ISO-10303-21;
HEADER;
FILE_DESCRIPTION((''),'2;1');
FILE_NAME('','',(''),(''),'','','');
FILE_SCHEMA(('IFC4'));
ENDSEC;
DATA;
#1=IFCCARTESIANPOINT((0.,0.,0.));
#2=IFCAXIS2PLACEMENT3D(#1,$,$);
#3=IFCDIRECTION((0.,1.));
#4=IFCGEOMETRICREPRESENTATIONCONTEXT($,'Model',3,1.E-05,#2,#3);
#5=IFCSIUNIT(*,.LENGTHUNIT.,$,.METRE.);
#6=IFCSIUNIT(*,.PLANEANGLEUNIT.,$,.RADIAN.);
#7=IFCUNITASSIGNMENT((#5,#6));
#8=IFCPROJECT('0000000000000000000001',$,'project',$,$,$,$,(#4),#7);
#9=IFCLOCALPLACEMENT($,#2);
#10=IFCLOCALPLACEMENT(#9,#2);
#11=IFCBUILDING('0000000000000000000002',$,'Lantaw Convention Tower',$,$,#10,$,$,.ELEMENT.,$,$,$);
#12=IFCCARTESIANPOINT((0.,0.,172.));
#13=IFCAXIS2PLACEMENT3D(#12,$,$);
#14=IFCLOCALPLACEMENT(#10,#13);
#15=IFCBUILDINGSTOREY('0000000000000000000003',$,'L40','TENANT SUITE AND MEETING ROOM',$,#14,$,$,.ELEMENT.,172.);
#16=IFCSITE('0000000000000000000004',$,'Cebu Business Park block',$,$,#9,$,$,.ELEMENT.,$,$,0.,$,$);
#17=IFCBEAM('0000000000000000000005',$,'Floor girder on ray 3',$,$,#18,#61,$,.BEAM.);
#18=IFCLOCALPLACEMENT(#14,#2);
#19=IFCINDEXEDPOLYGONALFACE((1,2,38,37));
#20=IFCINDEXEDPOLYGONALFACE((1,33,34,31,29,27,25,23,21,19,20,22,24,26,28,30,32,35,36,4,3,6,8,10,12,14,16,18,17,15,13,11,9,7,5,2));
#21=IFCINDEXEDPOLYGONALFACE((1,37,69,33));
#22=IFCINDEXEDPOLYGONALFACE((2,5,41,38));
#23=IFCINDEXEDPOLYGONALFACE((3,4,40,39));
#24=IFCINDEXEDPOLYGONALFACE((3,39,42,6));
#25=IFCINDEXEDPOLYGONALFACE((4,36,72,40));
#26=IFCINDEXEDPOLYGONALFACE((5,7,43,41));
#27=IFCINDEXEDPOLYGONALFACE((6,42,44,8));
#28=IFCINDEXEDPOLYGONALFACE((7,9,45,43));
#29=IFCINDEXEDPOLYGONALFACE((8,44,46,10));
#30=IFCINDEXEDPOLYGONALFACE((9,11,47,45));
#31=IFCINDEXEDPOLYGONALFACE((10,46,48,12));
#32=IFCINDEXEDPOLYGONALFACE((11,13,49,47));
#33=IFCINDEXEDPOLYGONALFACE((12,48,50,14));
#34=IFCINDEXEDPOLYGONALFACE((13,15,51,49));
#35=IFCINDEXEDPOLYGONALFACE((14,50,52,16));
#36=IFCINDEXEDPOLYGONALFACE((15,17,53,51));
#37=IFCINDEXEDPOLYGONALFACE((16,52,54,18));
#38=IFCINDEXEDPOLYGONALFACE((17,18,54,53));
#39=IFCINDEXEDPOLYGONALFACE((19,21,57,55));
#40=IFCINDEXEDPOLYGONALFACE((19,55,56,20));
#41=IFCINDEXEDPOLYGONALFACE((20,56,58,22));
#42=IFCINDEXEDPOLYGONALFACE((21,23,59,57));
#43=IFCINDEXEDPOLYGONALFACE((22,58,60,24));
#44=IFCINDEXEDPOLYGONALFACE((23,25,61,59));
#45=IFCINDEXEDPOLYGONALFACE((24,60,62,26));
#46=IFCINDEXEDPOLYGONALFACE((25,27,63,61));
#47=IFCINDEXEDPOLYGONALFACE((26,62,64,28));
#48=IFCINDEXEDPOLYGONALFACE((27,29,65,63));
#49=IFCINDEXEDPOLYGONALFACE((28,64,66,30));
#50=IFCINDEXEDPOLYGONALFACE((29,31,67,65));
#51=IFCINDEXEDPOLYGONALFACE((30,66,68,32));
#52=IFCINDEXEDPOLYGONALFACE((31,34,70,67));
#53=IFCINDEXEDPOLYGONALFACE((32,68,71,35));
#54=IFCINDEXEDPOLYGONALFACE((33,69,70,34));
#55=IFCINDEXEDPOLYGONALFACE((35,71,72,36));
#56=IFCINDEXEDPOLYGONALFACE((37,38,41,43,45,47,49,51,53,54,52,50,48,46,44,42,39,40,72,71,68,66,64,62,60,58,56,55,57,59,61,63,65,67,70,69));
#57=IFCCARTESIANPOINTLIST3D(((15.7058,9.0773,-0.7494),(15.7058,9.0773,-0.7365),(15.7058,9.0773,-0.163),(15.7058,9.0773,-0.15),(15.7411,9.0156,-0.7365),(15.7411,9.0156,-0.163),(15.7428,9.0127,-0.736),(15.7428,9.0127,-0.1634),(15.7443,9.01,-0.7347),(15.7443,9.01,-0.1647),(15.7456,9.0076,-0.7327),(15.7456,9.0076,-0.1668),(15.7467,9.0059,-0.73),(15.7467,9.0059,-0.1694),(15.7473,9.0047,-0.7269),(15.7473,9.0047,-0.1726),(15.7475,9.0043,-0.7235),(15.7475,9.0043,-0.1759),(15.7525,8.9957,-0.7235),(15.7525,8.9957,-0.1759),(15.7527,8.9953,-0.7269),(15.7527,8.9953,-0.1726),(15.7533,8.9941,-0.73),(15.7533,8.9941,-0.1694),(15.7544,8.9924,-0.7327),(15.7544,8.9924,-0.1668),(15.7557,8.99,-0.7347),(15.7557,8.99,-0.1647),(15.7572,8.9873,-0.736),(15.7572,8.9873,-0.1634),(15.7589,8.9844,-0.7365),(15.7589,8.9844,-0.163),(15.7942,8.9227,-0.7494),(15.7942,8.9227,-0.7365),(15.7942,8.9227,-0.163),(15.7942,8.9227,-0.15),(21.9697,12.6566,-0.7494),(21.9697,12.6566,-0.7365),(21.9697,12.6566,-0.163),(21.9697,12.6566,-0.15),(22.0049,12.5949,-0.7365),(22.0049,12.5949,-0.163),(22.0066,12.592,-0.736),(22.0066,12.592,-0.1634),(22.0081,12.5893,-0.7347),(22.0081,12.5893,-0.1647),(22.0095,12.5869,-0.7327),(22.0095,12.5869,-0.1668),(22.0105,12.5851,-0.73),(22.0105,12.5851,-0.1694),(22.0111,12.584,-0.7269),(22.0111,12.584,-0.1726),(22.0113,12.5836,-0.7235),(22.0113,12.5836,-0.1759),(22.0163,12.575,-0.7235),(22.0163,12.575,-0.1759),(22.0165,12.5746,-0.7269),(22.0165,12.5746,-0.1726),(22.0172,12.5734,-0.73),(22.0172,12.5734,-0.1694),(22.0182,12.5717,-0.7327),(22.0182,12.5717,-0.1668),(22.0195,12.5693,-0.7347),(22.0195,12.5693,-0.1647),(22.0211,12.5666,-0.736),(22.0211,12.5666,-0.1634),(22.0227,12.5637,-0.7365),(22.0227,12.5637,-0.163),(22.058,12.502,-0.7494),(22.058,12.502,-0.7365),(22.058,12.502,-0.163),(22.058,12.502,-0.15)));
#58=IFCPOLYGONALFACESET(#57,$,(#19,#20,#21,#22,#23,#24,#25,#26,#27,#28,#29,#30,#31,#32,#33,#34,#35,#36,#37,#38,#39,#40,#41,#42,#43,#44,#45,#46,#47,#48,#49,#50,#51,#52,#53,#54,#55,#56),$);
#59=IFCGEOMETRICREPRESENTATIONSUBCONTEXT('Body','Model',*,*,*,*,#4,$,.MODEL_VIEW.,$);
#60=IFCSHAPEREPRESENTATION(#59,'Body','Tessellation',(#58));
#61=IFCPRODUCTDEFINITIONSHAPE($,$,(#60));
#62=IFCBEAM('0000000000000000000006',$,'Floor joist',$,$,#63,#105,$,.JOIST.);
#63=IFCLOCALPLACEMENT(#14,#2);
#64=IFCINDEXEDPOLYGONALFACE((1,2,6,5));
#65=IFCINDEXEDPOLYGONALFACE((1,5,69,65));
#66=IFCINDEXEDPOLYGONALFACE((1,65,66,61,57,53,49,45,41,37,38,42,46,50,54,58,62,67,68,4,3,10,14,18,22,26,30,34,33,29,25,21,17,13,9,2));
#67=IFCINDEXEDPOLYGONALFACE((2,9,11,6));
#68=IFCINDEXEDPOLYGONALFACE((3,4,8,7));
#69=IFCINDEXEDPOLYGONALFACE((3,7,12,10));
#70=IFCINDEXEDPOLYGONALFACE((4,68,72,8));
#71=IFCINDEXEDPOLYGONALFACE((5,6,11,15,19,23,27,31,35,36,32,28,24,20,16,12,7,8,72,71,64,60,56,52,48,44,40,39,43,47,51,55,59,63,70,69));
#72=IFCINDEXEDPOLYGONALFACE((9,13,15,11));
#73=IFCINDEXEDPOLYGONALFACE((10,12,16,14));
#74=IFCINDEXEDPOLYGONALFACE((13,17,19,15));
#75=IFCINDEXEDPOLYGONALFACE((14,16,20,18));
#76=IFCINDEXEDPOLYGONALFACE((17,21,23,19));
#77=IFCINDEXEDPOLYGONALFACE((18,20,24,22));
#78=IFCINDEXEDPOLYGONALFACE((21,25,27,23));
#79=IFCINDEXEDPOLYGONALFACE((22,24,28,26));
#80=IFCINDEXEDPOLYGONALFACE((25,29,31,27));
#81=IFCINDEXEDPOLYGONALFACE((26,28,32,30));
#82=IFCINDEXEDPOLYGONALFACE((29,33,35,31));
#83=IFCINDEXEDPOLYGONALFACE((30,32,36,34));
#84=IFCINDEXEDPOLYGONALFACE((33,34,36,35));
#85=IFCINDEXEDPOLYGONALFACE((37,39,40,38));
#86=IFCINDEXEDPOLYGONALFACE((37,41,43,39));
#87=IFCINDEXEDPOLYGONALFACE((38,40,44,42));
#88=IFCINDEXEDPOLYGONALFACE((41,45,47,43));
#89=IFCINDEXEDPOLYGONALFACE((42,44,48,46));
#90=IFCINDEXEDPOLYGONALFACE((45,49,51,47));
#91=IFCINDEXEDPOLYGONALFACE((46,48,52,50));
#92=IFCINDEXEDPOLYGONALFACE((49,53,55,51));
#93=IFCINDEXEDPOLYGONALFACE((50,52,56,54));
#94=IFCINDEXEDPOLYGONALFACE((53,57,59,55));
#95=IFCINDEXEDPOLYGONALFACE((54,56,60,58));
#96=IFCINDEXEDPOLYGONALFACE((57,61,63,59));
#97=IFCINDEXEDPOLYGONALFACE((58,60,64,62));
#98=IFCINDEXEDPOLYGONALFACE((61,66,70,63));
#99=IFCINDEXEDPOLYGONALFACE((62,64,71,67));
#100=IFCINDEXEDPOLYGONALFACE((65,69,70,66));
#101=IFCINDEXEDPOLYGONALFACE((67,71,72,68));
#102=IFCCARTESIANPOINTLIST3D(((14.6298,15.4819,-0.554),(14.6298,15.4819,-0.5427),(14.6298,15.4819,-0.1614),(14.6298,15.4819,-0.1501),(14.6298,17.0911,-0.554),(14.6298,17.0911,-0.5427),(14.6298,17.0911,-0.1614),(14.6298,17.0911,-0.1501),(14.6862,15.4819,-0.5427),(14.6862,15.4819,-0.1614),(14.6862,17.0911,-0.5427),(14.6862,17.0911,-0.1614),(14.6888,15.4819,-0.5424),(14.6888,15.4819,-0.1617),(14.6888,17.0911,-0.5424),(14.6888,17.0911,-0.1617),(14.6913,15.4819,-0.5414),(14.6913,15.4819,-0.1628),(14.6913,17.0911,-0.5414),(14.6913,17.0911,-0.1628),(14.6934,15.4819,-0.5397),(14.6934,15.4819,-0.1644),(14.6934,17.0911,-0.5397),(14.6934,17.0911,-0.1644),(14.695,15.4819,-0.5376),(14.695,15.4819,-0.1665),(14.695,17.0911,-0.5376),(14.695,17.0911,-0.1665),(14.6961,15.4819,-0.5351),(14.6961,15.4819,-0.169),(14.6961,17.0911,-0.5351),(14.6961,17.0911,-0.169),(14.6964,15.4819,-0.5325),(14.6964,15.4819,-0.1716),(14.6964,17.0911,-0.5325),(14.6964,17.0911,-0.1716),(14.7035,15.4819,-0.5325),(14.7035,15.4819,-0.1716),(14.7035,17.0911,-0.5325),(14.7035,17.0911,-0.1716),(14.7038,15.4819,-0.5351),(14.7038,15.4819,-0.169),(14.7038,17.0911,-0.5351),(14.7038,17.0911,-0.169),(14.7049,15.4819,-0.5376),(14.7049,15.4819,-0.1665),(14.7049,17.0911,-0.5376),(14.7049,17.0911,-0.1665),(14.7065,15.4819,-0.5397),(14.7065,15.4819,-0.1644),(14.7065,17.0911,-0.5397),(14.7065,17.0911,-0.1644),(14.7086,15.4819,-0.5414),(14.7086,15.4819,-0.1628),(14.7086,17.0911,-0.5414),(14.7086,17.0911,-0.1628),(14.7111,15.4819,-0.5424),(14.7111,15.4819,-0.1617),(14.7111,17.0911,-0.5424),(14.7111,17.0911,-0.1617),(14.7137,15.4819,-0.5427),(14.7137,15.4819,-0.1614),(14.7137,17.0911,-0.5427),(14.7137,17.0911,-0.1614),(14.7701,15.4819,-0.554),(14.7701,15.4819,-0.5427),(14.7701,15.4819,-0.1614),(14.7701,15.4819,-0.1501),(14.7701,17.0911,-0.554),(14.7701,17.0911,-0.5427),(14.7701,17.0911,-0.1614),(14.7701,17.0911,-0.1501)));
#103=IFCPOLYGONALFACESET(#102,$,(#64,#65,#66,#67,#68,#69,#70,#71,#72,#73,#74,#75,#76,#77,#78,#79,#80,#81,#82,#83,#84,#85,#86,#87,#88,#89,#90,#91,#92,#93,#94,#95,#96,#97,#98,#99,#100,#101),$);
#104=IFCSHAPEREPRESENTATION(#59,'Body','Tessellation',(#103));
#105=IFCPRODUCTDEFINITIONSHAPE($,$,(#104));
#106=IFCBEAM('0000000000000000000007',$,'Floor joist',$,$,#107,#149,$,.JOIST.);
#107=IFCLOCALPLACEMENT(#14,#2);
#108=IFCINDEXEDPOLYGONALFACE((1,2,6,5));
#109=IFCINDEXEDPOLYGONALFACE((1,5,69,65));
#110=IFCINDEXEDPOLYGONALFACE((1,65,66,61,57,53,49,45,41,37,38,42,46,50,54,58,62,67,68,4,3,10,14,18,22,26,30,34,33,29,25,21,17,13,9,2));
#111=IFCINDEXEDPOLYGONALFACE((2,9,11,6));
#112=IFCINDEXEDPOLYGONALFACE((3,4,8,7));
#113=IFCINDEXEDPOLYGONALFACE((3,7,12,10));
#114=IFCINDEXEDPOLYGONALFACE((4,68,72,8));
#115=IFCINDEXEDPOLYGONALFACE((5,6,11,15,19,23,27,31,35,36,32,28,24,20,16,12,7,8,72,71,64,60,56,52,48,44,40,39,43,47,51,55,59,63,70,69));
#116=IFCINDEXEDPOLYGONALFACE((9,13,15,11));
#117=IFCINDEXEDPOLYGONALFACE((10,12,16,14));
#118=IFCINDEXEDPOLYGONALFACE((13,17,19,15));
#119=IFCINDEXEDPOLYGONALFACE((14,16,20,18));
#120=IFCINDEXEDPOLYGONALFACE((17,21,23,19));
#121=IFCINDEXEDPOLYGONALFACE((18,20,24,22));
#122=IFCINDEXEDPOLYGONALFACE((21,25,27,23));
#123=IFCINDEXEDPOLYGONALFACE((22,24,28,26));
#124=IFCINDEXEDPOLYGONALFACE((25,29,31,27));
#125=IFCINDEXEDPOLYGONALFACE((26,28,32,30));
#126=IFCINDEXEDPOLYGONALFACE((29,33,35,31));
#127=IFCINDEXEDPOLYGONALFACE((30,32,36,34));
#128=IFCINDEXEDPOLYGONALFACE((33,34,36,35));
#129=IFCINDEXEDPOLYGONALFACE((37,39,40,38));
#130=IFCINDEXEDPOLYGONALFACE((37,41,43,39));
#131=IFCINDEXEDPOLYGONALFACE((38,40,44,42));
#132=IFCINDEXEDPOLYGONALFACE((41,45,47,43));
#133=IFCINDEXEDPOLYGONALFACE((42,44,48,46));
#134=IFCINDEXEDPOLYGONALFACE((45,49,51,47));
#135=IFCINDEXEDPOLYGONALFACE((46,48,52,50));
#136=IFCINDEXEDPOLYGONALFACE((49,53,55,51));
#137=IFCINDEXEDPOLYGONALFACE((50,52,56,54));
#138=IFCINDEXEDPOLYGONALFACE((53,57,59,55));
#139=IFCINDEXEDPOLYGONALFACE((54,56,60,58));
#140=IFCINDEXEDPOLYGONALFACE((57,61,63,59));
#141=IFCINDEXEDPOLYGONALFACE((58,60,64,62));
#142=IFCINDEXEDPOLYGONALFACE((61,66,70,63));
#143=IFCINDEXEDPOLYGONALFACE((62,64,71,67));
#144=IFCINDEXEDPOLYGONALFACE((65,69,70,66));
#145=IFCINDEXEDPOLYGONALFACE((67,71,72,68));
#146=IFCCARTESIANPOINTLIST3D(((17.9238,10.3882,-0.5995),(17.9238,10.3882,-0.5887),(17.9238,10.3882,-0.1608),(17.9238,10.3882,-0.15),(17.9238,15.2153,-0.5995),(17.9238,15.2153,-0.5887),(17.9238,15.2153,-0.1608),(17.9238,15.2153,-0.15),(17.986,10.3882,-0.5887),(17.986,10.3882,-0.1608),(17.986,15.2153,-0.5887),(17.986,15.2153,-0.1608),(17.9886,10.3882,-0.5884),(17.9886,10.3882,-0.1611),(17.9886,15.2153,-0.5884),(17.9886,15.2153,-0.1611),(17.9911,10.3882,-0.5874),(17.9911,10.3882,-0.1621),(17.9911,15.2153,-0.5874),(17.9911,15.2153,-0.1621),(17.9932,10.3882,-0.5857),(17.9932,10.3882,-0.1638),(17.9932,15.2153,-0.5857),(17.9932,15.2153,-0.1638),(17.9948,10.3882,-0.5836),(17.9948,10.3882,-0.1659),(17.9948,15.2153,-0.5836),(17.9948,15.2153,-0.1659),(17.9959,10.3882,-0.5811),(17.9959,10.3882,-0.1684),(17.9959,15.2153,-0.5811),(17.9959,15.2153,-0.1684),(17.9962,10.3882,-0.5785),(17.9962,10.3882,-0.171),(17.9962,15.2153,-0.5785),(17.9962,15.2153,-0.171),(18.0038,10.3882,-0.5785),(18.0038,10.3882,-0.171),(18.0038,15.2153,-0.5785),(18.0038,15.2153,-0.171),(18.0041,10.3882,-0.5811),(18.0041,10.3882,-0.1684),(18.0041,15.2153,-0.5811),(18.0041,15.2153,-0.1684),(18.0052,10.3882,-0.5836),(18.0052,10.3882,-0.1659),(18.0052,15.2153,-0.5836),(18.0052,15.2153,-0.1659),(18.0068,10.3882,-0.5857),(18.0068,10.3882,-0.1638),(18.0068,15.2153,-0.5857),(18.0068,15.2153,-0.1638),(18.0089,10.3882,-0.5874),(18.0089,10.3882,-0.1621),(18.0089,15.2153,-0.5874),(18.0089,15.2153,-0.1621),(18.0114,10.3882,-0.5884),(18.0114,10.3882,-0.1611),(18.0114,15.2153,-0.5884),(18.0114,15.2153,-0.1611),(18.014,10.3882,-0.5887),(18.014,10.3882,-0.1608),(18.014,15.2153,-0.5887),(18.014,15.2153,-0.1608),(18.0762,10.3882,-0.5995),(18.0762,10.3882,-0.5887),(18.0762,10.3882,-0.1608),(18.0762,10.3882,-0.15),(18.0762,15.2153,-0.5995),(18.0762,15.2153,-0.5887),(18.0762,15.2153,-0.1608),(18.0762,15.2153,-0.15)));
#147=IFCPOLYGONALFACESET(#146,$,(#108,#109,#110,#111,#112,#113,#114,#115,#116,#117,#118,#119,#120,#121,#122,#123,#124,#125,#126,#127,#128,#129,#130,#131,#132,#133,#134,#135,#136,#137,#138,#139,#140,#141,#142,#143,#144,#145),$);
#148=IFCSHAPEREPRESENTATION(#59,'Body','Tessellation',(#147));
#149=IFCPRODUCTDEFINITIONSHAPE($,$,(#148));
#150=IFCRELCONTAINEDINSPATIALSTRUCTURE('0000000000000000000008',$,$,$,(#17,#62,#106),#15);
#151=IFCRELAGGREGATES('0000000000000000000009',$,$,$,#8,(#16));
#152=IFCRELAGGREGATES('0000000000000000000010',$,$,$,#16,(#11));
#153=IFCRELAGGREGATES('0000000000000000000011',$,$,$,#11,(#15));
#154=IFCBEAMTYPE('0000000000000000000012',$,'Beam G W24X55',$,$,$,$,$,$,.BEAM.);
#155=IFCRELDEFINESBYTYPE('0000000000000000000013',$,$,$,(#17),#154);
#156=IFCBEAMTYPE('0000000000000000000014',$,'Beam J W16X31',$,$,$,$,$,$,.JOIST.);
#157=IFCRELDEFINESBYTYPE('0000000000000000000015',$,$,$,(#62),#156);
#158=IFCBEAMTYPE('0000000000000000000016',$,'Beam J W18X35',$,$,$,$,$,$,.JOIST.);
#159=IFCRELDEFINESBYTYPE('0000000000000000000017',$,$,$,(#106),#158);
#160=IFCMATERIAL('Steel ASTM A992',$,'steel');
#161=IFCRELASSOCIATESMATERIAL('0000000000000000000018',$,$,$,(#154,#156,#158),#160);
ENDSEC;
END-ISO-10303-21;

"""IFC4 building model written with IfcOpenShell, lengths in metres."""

from ifc_helpers import new_model, si_unit, direction, frame, origin, origin_2d, place, context, subcontext, project, spatial, i_section, extrude, material, material_profile, profile_set, type_object, element, save


model = new_model("IFC4")

# Units and contexts
model_context = context("Model", 3, precision=1e-05, world=origin(), true_north=direction((0.0, 1.0)))
body_context = subcontext(model_context, "Body", "Model", "MODEL_VIEW")
ifc_project = project(units=[si_unit("LENGTHUNIT", "METRE"), si_unit("PLANEANGLEUNIT", "RADIAN")], contexts=[model_context])

# Site, building, storey
site_placement = place(None, origin())
site = spatial("IfcSite", under=ifc_project, at=site_placement, Name="Cebu Business Park block", CompositionType="ELEMENT", RefElevation=0.0)
building_placement = place(site_placement, origin())
building = spatial("IfcBuilding", under=site, at=building_placement, Name="Lantaw Convention Tower", CompositionType="ELEMENT")
storey_placement = place(building_placement, frame((0.0, 0.0, 172.0)))
storey = spatial("IfcBuildingStorey", under=building, at=storey_placement, Name="L40", Description="TENANT SUITE AND MEETING ROOM", CompositionType="ELEMENT", Elevation=172.0)

# Beams
ifc_material_1 = material(Name="Steel ASTM A992", Category="steel")
ifc_material_profile_1 = material_profile(ifc_material_1, i_section(OverallWidth=0.178, OverallDepth=0.5994, WebThickness=0.01, FlangeThickness=0.0129, FilletRadius=0.0129, at=origin_2d()), Name="W24X55")
ifc_profile_set_1 = profile_set([ifc_material_profile_1], Name="Steel ASTM A992")
beam_type_1 = type_object("IfcBeamType", Name="Beam G W24X55", PredefinedType="BEAM", material=ifc_profile_set_1)
beam_1_placement = place(storey_placement, frame((15.75, 9.0, -0.4497), z_axis=(0.868245, 0.496135, 0.0), x_axis=(-0.496135, 0.868245, 0.0)))
element("IfcBeam", 1, at=beam_1_placement, inside=storey, type_object=beam_type_1, Name="Floor girder on ray 3", PredefinedType="BEAM", context=body_context, shape_type="SweptSolid", body=[
    extrude(i_section(OverallWidth=0.178, OverallDepth=0.5994, WebThickness=0.01, FlangeThickness=0.0129, FilletRadius=0.0129, at=origin_2d()), origin(), (0.0, 0.0, 1.0), 7.2144),
])
ifc_material_profile_2 = material_profile(ifc_material_1, i_section(OverallWidth=0.1404, OverallDepth=0.4038, WebThickness=0.0071, FlangeThickness=0.0112, FilletRadius=0.0103, at=origin_2d()), Name="W16X31")
ifc_profile_set_2 = profile_set([ifc_material_profile_2], Name="Steel ASTM A992")
beam_type_2 = type_object("IfcBeamType", Name="Beam J W16X31", PredefinedType="JOIST", material=ifc_profile_set_2)
beam_2_placement = place(storey_placement, frame((14.7, 15.4819, -0.3521), z_axis=(0.0, 1.0, 0.0), x_axis=(-1.0, 0.0, 0.0)))
element("IfcBeam", 2, at=beam_2_placement, inside=storey, type_object=beam_type_2, Name="Floor joist", PredefinedType="JOIST", context=body_context, shape_type="SweptSolid", body=[
    extrude(i_section(OverallWidth=0.1404, OverallDepth=0.4038, WebThickness=0.0071, FlangeThickness=0.0112, FilletRadius=0.0103, at=origin_2d()), origin(), (0.0, 0.0, 1.0), 1.6091),
])
ifc_material_profile_3 = material_profile(ifc_material_1, i_section(OverallWidth=0.1523, OverallDepth=0.4495, WebThickness=0.0076, FlangeThickness=0.0107, FilletRadius=0.0103, at=origin_2d()), Name="W18X35")
ifc_profile_set_3 = profile_set([ifc_material_profile_3], Name="Steel ASTM A992")
beam_type_3 = type_object("IfcBeamType", Name="Beam J W18X35", PredefinedType="JOIST", material=ifc_profile_set_3)
beam_3_placement = place(storey_placement, frame((18.0, 10.3882, -0.3748), z_axis=(0.0, 1.0, 0.0), x_axis=(-1.0, 0.0, 0.0)))
element("IfcBeam", 3, at=beam_3_placement, inside=storey, type_object=beam_type_3, Name="Floor joist", PredefinedType="JOIST", context=body_context, shape_type="SweptSolid", body=[
    extrude(i_section(OverallWidth=0.1523, OverallDepth=0.4495, WebThickness=0.0076, FlangeThickness=0.0107, FilletRadius=0.0103, at=origin_2d()), origin(), (0.0, 0.0, 1.0), 4.8271),
])

save(model, "model.ifc")
